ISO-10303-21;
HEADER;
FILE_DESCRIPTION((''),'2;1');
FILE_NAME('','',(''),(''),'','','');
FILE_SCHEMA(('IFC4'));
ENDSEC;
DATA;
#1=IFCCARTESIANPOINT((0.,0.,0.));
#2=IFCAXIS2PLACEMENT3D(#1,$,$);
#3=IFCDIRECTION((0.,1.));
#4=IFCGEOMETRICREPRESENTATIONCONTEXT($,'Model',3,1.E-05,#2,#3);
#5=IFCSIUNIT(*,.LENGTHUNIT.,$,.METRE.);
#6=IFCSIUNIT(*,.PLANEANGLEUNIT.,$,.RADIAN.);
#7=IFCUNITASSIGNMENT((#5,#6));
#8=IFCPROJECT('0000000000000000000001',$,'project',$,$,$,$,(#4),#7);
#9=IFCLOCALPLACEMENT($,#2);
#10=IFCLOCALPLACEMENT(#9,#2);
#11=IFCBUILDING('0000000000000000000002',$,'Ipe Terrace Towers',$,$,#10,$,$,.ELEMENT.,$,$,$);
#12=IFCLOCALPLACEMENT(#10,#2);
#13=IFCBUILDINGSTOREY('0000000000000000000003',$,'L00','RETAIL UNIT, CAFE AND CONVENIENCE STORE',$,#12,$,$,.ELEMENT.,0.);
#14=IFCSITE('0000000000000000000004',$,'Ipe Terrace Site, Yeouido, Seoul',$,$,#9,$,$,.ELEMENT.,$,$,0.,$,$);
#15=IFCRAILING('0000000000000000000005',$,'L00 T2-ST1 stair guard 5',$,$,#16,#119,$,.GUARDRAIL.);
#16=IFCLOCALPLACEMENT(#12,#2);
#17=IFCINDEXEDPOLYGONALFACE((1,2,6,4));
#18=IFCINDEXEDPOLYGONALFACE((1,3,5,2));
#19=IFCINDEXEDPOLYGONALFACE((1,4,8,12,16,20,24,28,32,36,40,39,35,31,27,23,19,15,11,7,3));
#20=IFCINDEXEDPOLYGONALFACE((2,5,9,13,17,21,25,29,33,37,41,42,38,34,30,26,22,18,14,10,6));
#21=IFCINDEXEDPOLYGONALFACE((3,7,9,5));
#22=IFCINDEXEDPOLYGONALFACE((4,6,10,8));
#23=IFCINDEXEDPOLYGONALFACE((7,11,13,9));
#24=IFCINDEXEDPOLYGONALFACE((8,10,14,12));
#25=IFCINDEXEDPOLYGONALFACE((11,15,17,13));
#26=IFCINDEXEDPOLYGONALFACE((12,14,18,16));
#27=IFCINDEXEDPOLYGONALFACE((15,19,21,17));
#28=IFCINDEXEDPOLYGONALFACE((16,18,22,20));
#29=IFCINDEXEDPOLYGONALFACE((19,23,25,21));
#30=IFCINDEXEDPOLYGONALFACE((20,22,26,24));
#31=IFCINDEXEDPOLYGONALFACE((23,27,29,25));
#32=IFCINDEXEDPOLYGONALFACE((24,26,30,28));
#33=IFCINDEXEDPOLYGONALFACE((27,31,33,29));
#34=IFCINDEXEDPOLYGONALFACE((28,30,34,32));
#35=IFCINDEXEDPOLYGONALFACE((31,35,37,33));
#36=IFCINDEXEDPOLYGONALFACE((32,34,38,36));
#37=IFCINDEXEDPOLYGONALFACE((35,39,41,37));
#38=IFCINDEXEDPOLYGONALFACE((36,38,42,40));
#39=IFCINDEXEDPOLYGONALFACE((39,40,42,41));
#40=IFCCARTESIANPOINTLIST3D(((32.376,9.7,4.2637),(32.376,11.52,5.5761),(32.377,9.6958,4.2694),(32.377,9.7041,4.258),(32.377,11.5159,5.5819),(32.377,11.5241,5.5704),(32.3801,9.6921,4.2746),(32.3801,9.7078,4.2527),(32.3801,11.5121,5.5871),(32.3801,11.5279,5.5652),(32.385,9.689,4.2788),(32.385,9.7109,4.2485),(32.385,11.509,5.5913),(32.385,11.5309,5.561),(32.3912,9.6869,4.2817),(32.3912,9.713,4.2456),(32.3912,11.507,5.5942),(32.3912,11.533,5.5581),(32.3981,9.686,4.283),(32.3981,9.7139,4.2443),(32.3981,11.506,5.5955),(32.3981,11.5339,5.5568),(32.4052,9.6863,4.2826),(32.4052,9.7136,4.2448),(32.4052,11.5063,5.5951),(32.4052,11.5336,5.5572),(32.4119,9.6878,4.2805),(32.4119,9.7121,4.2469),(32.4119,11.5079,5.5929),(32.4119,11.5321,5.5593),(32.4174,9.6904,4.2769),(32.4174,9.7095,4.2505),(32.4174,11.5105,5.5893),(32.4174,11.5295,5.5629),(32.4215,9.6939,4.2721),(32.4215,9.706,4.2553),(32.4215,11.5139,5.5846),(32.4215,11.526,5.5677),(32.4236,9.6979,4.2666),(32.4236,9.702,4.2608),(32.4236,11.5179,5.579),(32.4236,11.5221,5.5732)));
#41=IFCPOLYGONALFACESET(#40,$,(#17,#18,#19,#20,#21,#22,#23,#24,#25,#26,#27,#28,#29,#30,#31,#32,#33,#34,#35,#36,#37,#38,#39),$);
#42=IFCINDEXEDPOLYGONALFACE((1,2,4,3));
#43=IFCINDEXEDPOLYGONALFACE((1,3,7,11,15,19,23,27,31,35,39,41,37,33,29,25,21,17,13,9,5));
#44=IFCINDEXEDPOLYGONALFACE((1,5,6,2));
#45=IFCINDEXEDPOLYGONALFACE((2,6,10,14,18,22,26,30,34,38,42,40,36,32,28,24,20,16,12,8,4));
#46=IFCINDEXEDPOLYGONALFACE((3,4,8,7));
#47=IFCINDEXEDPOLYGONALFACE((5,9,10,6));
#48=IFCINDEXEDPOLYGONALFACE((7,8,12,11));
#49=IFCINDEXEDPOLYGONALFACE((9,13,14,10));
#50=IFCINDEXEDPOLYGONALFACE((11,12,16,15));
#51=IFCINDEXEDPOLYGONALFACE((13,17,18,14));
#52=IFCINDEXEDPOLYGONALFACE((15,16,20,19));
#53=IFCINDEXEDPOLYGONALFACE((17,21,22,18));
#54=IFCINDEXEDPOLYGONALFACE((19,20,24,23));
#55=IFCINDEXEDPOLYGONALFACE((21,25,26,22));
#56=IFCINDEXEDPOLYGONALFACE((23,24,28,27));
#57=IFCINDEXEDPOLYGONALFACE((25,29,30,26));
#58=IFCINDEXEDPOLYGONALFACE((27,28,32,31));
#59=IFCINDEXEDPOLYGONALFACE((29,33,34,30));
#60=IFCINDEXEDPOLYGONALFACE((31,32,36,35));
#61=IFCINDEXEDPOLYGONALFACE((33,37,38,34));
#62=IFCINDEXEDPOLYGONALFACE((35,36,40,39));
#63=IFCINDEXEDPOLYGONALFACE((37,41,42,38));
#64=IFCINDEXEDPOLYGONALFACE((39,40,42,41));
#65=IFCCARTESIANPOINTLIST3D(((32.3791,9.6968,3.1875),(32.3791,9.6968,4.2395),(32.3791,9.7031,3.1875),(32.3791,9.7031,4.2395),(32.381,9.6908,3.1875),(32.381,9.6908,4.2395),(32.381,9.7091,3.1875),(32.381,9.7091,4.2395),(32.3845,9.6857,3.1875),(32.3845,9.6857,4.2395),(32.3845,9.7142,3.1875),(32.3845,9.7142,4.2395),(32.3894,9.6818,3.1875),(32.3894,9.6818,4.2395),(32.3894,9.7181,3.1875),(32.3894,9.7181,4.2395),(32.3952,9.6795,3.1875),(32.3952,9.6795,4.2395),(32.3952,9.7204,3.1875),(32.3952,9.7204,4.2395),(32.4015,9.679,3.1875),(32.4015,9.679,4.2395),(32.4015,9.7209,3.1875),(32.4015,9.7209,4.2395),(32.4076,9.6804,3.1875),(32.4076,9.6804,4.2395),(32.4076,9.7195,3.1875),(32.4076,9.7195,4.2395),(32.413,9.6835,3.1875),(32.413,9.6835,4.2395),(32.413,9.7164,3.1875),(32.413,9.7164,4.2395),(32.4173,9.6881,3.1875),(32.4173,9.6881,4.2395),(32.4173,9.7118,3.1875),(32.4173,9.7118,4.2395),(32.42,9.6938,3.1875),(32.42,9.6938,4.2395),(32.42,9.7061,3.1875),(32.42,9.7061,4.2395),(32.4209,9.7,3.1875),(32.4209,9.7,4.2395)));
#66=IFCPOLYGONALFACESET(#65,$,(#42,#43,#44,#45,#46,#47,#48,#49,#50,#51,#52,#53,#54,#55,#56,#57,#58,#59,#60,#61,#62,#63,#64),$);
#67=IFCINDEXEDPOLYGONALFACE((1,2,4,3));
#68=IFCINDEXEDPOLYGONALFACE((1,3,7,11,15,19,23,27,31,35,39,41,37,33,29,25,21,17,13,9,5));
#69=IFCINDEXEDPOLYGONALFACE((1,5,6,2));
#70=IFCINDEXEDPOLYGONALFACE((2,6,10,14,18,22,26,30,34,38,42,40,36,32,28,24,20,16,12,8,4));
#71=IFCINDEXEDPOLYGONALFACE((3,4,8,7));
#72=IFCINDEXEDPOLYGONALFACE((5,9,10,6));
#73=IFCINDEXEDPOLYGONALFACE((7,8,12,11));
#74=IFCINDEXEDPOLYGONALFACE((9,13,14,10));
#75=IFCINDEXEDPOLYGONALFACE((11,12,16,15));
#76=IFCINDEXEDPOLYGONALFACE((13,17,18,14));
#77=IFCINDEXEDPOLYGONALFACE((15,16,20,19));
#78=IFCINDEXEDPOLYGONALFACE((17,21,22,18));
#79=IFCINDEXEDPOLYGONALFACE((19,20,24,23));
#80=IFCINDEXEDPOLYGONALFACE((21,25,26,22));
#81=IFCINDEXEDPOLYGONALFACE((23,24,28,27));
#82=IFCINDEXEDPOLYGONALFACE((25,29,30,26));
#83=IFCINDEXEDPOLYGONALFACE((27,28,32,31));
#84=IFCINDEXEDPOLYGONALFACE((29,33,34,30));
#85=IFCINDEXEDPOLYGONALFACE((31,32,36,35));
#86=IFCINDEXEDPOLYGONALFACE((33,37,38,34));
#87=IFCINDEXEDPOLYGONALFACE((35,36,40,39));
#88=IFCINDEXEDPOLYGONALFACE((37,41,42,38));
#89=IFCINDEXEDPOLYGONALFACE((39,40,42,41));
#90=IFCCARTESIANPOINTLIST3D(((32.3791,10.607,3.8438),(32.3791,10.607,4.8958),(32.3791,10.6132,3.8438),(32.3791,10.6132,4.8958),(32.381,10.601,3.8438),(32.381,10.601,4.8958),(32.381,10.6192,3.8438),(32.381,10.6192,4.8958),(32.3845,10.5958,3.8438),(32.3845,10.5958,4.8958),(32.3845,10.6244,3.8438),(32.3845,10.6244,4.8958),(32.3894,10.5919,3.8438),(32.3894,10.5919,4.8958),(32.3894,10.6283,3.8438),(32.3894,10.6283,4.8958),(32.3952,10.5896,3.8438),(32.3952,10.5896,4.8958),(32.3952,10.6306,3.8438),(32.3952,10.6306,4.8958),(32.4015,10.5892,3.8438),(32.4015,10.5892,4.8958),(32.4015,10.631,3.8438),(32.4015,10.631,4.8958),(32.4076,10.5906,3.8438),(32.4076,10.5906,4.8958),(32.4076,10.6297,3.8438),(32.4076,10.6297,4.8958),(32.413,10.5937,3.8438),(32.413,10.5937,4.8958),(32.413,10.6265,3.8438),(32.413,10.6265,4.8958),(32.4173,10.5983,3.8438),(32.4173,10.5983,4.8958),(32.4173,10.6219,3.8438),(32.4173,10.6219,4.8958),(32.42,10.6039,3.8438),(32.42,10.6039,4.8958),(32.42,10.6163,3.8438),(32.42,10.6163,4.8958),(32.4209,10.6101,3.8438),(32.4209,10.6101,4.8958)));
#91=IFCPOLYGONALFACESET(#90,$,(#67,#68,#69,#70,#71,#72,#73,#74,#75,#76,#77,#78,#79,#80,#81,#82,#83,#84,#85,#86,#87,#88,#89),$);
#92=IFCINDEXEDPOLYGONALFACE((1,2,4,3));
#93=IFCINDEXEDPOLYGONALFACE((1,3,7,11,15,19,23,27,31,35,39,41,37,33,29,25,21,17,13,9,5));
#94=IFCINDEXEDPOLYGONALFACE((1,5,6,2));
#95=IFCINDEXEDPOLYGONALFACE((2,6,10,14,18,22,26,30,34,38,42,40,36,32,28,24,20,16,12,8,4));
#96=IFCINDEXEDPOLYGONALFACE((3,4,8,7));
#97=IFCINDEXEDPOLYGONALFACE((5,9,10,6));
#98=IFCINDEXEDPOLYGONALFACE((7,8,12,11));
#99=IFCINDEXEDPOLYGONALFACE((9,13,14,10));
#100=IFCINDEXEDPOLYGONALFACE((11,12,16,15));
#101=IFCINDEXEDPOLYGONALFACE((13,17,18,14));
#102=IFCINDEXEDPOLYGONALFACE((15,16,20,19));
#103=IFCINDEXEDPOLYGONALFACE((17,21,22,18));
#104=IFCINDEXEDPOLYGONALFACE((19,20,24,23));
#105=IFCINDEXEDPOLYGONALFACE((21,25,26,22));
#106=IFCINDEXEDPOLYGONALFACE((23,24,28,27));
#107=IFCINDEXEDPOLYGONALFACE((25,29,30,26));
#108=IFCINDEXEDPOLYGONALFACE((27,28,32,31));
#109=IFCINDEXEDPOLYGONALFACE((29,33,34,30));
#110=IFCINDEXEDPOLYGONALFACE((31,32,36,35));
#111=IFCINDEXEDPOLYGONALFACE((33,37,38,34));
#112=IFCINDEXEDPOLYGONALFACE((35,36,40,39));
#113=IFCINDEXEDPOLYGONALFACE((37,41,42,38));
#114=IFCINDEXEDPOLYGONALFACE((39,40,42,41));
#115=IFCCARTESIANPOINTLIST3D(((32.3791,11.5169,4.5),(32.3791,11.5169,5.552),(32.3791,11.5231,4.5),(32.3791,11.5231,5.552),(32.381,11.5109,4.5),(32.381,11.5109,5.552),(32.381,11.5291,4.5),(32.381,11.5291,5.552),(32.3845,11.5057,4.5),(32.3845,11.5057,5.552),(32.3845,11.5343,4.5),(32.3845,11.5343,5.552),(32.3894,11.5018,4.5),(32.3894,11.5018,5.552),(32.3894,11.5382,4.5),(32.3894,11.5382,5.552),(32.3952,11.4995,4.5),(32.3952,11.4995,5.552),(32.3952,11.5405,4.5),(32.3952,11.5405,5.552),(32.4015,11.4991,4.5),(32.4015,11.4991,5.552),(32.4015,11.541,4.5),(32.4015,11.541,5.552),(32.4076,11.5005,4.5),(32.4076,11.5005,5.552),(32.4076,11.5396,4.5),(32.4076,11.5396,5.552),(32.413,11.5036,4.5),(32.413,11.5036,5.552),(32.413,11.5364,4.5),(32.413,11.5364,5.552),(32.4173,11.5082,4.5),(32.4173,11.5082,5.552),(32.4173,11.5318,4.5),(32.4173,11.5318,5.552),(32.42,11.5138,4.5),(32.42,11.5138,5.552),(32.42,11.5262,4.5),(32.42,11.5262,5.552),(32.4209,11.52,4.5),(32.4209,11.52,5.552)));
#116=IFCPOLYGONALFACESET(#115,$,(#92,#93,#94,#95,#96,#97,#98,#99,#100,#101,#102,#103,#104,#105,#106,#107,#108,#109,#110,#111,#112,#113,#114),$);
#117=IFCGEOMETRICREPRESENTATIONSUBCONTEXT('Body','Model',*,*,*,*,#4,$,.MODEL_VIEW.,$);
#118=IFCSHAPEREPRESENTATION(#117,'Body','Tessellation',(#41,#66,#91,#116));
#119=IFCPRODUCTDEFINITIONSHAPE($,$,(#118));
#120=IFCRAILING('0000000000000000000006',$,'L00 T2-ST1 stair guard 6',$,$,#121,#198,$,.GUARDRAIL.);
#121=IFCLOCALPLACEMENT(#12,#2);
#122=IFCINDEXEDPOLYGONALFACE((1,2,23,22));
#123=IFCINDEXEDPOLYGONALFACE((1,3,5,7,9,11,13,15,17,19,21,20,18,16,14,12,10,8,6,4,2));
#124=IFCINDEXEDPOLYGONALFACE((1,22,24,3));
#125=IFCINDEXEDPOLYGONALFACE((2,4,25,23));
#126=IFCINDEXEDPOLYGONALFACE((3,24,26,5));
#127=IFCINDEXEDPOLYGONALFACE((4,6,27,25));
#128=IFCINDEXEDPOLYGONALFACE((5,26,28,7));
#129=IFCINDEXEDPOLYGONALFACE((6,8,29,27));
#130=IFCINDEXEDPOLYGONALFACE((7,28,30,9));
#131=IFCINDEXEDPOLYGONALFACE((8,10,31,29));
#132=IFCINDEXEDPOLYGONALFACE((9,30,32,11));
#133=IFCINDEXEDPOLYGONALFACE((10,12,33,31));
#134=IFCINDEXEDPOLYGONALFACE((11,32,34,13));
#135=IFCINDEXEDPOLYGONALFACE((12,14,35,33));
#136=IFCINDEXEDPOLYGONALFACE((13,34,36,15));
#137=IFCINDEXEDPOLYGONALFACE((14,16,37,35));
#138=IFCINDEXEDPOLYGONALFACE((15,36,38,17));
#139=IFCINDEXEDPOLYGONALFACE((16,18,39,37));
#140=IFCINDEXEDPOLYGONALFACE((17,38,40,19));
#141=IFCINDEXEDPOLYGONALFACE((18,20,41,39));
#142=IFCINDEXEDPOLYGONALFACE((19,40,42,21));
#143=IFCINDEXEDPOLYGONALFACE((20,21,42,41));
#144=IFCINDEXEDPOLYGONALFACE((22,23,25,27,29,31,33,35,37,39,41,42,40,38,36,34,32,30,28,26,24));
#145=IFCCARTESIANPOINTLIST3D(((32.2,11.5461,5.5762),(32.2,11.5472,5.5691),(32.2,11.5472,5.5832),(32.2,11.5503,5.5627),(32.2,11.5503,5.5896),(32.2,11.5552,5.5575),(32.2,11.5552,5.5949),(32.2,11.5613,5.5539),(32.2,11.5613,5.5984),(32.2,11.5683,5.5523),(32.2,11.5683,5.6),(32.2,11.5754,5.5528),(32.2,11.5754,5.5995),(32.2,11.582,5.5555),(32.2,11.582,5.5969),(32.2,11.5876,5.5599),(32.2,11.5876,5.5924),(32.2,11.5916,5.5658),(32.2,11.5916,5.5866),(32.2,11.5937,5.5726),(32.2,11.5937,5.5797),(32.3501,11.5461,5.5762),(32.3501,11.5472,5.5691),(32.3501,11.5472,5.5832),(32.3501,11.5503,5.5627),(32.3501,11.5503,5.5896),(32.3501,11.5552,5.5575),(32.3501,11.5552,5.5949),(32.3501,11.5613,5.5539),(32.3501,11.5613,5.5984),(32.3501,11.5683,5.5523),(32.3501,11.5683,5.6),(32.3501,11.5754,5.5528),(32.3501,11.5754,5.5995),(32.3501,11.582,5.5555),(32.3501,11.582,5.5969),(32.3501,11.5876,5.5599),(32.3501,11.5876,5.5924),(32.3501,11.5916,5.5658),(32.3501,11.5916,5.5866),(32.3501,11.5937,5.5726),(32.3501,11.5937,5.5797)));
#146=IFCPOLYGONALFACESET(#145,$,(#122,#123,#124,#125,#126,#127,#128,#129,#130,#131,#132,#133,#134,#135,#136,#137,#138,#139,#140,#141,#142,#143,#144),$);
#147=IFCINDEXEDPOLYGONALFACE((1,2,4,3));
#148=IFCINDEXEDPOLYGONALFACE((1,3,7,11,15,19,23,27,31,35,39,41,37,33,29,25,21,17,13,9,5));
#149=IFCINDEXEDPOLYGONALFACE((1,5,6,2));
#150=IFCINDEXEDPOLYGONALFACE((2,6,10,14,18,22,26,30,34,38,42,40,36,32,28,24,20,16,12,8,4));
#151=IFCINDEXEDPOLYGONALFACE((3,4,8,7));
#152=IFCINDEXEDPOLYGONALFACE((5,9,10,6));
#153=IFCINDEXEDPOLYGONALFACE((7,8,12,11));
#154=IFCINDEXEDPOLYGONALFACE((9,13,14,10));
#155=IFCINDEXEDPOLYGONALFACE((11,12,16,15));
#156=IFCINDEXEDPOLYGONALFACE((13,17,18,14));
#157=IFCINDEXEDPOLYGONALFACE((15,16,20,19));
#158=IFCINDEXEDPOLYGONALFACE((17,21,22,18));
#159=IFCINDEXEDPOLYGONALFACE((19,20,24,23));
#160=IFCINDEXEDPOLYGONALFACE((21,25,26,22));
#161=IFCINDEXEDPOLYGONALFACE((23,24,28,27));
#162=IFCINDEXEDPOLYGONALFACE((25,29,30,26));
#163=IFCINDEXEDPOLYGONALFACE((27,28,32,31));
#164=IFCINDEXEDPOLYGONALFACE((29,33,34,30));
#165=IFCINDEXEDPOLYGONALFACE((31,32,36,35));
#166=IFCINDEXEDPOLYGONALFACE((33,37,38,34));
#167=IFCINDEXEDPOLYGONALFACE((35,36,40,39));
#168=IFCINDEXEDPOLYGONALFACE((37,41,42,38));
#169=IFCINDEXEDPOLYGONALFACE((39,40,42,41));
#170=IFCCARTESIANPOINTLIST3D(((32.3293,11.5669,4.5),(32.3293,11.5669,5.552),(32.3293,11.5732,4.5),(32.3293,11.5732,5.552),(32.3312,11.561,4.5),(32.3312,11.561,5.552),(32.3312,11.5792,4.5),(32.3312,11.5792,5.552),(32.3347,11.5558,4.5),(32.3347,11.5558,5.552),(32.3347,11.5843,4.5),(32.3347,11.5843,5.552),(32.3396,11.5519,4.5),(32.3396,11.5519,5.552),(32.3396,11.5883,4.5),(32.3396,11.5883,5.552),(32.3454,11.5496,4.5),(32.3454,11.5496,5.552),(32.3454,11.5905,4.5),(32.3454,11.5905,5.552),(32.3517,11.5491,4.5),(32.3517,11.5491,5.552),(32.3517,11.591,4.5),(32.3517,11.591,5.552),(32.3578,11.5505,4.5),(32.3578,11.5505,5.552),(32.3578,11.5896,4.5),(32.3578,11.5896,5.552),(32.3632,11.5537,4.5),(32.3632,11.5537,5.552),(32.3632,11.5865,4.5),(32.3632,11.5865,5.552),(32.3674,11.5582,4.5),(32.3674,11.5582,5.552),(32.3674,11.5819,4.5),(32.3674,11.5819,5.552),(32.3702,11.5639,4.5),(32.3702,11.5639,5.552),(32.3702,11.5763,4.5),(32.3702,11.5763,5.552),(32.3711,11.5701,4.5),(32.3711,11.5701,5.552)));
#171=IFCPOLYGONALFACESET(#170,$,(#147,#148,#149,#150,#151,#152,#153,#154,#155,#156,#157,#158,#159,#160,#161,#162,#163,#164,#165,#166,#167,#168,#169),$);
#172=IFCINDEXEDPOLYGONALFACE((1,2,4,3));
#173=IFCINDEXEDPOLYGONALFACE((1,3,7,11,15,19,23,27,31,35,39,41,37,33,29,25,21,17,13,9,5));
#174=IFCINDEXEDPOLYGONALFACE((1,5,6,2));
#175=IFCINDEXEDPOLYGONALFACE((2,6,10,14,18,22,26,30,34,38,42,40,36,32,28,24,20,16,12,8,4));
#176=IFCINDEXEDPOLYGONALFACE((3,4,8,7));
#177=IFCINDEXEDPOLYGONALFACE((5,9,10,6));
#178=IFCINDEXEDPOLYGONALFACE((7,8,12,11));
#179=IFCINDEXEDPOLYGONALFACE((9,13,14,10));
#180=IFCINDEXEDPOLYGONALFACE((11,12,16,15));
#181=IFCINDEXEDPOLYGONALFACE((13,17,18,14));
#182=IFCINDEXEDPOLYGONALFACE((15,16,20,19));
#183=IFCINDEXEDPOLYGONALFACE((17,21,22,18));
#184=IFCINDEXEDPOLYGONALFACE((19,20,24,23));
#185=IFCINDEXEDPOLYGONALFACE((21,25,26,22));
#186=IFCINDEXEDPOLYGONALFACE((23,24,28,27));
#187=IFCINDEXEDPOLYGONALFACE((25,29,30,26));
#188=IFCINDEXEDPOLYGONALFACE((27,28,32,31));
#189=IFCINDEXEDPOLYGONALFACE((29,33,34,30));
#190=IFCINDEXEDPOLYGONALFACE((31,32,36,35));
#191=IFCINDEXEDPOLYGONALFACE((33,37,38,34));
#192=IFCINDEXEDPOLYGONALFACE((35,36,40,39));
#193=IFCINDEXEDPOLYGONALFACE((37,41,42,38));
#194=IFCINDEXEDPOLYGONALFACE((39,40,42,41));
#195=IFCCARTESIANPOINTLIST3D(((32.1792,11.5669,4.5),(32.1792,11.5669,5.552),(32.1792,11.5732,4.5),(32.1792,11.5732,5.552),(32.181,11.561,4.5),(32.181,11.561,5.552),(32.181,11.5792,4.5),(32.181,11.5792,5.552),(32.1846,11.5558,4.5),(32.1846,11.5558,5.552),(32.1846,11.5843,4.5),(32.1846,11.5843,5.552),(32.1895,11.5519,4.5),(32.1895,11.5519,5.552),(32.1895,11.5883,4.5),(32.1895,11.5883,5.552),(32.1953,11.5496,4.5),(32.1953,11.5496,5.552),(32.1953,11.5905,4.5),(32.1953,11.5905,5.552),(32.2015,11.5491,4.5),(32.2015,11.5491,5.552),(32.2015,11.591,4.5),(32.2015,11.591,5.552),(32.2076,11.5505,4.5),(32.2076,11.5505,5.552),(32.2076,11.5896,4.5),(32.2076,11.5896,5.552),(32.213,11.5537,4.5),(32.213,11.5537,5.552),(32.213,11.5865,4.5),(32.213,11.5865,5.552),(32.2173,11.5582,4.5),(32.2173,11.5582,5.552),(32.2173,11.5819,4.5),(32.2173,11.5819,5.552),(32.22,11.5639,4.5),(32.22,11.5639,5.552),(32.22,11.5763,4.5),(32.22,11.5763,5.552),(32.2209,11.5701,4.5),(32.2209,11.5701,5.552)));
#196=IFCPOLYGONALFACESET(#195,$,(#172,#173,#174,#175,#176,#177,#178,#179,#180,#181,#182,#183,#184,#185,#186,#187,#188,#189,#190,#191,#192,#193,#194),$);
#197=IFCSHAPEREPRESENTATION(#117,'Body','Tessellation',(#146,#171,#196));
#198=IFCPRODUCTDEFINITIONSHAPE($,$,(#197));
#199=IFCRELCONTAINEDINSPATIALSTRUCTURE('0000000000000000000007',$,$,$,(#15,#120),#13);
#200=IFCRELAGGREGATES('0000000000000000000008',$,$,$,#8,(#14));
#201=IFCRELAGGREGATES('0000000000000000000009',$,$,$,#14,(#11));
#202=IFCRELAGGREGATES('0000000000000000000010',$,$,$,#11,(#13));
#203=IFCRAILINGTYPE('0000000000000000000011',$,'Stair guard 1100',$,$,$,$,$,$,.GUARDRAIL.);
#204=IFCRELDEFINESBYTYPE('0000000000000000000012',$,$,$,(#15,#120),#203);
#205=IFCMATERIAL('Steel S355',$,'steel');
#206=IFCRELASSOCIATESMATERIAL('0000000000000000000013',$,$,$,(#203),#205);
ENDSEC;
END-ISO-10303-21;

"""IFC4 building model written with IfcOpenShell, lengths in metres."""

from ifc_helpers import new_model, si_unit, direction, frame, origin, origin_2d, place, context, subcontext, project, spatial, circle, extrude, material, type_object, element, save


model = new_model("IFC4")

# Units and contexts
model_context = context("Model", 3, precision=1e-05, world=origin(), true_north=direction((0.0, 1.0)))
body_context = subcontext(model_context, "Body", "Model", "MODEL_VIEW")
ifc_project = project(units=[si_unit("LENGTHUNIT", "METRE"), si_unit("PLANEANGLEUNIT", "RADIAN")], contexts=[model_context])

# Site, building, storey
site_placement = place(None, origin())
site = spatial("IfcSite", under=ifc_project, at=site_placement, Name="Ipe Terrace Site, Yeouido, Seoul", CompositionType="ELEMENT", RefElevation=0.0)
building_placement = place(site_placement, origin())
building = spatial("IfcBuilding", under=site, at=building_placement, Name="Ipe Terrace Towers", CompositionType="ELEMENT")
storey_placement = place(building_placement, origin())
storey = spatial("IfcBuildingStorey", under=building, at=storey_placement, Name="L00", Description="RETAIL UNIT, CAFE AND CONVENIENCE STORE", CompositionType="ELEMENT", Elevation=0.0)

# Railings
ifc_material_1 = material(Name="Steel S355", Category="steel")
railing_type_1 = type_object("IfcRailingType", Name="Stair guard 1100", PredefinedType="GUARDRAIL", material=ifc_material_1)
railing_1_placement = place(storey_placement, frame((32.3999, 9.7, 3.1875)))
element("IfcRailing", 1, at=railing_1_placement, inside=storey, type_object=railing_type_1, Name="L00 T2-ST1 stair guard 5", PredefinedType="GUARDRAIL", context=body_context, shape_type="SweptSolid", body=[
    extrude(circle(Radius=0.0239, at=origin_2d()), frame((0.0, 0.0, 1.0762), z_axis=(0.0, 0.811101, 0.584906), x_axis=(-1.0, 0.0, 0.0)), (0.0, 0.0, 1.0), 2.2439),
    extrude(circle(Radius=0.021, at=origin_2d()), origin(), (0.0, 0.0, 1.0), 1.052),
    extrude(circle(Radius=0.021, at=origin_2d()), frame((0.0, 0.9102, 0.6562)), (0.0, 0.0, 1.0), 1.052),
    extrude(circle(Radius=0.021, at=origin_2d()), frame((0.0, 1.8201, 1.3125)), (0.0, 0.0, 1.0), 1.052),
])
railing_2_placement = place(storey_placement, frame((32.3501, 11.5701, 4.5)))
element("IfcRailing", 2, at=railing_2_placement, inside=storey, type_object=railing_type_1, Name="L00 T2-ST1 stair guard 6", PredefinedType="GUARDRAIL", context=body_context, shape_type="SweptSolid", body=[
    extrude(circle(Radius=0.0239, at=origin_2d()), frame((0.0, 0.0, 1.0762), z_axis=(-1.0, 0.0, 0.0), x_axis=(0.0, -1.0, 0.0)), (0.0, 0.0, 1.0), 0.1501),
    extrude(circle(Radius=0.021, at=origin_2d()), origin(), (0.0, 0.0, 1.0), 1.052),
    extrude(circle(Radius=0.021, at=origin_2d()), frame((-0.1501, 0.0, 0.0)), (0.0, 0.0, 1.0), 1.052),
])

save(model, "model.ifc")
